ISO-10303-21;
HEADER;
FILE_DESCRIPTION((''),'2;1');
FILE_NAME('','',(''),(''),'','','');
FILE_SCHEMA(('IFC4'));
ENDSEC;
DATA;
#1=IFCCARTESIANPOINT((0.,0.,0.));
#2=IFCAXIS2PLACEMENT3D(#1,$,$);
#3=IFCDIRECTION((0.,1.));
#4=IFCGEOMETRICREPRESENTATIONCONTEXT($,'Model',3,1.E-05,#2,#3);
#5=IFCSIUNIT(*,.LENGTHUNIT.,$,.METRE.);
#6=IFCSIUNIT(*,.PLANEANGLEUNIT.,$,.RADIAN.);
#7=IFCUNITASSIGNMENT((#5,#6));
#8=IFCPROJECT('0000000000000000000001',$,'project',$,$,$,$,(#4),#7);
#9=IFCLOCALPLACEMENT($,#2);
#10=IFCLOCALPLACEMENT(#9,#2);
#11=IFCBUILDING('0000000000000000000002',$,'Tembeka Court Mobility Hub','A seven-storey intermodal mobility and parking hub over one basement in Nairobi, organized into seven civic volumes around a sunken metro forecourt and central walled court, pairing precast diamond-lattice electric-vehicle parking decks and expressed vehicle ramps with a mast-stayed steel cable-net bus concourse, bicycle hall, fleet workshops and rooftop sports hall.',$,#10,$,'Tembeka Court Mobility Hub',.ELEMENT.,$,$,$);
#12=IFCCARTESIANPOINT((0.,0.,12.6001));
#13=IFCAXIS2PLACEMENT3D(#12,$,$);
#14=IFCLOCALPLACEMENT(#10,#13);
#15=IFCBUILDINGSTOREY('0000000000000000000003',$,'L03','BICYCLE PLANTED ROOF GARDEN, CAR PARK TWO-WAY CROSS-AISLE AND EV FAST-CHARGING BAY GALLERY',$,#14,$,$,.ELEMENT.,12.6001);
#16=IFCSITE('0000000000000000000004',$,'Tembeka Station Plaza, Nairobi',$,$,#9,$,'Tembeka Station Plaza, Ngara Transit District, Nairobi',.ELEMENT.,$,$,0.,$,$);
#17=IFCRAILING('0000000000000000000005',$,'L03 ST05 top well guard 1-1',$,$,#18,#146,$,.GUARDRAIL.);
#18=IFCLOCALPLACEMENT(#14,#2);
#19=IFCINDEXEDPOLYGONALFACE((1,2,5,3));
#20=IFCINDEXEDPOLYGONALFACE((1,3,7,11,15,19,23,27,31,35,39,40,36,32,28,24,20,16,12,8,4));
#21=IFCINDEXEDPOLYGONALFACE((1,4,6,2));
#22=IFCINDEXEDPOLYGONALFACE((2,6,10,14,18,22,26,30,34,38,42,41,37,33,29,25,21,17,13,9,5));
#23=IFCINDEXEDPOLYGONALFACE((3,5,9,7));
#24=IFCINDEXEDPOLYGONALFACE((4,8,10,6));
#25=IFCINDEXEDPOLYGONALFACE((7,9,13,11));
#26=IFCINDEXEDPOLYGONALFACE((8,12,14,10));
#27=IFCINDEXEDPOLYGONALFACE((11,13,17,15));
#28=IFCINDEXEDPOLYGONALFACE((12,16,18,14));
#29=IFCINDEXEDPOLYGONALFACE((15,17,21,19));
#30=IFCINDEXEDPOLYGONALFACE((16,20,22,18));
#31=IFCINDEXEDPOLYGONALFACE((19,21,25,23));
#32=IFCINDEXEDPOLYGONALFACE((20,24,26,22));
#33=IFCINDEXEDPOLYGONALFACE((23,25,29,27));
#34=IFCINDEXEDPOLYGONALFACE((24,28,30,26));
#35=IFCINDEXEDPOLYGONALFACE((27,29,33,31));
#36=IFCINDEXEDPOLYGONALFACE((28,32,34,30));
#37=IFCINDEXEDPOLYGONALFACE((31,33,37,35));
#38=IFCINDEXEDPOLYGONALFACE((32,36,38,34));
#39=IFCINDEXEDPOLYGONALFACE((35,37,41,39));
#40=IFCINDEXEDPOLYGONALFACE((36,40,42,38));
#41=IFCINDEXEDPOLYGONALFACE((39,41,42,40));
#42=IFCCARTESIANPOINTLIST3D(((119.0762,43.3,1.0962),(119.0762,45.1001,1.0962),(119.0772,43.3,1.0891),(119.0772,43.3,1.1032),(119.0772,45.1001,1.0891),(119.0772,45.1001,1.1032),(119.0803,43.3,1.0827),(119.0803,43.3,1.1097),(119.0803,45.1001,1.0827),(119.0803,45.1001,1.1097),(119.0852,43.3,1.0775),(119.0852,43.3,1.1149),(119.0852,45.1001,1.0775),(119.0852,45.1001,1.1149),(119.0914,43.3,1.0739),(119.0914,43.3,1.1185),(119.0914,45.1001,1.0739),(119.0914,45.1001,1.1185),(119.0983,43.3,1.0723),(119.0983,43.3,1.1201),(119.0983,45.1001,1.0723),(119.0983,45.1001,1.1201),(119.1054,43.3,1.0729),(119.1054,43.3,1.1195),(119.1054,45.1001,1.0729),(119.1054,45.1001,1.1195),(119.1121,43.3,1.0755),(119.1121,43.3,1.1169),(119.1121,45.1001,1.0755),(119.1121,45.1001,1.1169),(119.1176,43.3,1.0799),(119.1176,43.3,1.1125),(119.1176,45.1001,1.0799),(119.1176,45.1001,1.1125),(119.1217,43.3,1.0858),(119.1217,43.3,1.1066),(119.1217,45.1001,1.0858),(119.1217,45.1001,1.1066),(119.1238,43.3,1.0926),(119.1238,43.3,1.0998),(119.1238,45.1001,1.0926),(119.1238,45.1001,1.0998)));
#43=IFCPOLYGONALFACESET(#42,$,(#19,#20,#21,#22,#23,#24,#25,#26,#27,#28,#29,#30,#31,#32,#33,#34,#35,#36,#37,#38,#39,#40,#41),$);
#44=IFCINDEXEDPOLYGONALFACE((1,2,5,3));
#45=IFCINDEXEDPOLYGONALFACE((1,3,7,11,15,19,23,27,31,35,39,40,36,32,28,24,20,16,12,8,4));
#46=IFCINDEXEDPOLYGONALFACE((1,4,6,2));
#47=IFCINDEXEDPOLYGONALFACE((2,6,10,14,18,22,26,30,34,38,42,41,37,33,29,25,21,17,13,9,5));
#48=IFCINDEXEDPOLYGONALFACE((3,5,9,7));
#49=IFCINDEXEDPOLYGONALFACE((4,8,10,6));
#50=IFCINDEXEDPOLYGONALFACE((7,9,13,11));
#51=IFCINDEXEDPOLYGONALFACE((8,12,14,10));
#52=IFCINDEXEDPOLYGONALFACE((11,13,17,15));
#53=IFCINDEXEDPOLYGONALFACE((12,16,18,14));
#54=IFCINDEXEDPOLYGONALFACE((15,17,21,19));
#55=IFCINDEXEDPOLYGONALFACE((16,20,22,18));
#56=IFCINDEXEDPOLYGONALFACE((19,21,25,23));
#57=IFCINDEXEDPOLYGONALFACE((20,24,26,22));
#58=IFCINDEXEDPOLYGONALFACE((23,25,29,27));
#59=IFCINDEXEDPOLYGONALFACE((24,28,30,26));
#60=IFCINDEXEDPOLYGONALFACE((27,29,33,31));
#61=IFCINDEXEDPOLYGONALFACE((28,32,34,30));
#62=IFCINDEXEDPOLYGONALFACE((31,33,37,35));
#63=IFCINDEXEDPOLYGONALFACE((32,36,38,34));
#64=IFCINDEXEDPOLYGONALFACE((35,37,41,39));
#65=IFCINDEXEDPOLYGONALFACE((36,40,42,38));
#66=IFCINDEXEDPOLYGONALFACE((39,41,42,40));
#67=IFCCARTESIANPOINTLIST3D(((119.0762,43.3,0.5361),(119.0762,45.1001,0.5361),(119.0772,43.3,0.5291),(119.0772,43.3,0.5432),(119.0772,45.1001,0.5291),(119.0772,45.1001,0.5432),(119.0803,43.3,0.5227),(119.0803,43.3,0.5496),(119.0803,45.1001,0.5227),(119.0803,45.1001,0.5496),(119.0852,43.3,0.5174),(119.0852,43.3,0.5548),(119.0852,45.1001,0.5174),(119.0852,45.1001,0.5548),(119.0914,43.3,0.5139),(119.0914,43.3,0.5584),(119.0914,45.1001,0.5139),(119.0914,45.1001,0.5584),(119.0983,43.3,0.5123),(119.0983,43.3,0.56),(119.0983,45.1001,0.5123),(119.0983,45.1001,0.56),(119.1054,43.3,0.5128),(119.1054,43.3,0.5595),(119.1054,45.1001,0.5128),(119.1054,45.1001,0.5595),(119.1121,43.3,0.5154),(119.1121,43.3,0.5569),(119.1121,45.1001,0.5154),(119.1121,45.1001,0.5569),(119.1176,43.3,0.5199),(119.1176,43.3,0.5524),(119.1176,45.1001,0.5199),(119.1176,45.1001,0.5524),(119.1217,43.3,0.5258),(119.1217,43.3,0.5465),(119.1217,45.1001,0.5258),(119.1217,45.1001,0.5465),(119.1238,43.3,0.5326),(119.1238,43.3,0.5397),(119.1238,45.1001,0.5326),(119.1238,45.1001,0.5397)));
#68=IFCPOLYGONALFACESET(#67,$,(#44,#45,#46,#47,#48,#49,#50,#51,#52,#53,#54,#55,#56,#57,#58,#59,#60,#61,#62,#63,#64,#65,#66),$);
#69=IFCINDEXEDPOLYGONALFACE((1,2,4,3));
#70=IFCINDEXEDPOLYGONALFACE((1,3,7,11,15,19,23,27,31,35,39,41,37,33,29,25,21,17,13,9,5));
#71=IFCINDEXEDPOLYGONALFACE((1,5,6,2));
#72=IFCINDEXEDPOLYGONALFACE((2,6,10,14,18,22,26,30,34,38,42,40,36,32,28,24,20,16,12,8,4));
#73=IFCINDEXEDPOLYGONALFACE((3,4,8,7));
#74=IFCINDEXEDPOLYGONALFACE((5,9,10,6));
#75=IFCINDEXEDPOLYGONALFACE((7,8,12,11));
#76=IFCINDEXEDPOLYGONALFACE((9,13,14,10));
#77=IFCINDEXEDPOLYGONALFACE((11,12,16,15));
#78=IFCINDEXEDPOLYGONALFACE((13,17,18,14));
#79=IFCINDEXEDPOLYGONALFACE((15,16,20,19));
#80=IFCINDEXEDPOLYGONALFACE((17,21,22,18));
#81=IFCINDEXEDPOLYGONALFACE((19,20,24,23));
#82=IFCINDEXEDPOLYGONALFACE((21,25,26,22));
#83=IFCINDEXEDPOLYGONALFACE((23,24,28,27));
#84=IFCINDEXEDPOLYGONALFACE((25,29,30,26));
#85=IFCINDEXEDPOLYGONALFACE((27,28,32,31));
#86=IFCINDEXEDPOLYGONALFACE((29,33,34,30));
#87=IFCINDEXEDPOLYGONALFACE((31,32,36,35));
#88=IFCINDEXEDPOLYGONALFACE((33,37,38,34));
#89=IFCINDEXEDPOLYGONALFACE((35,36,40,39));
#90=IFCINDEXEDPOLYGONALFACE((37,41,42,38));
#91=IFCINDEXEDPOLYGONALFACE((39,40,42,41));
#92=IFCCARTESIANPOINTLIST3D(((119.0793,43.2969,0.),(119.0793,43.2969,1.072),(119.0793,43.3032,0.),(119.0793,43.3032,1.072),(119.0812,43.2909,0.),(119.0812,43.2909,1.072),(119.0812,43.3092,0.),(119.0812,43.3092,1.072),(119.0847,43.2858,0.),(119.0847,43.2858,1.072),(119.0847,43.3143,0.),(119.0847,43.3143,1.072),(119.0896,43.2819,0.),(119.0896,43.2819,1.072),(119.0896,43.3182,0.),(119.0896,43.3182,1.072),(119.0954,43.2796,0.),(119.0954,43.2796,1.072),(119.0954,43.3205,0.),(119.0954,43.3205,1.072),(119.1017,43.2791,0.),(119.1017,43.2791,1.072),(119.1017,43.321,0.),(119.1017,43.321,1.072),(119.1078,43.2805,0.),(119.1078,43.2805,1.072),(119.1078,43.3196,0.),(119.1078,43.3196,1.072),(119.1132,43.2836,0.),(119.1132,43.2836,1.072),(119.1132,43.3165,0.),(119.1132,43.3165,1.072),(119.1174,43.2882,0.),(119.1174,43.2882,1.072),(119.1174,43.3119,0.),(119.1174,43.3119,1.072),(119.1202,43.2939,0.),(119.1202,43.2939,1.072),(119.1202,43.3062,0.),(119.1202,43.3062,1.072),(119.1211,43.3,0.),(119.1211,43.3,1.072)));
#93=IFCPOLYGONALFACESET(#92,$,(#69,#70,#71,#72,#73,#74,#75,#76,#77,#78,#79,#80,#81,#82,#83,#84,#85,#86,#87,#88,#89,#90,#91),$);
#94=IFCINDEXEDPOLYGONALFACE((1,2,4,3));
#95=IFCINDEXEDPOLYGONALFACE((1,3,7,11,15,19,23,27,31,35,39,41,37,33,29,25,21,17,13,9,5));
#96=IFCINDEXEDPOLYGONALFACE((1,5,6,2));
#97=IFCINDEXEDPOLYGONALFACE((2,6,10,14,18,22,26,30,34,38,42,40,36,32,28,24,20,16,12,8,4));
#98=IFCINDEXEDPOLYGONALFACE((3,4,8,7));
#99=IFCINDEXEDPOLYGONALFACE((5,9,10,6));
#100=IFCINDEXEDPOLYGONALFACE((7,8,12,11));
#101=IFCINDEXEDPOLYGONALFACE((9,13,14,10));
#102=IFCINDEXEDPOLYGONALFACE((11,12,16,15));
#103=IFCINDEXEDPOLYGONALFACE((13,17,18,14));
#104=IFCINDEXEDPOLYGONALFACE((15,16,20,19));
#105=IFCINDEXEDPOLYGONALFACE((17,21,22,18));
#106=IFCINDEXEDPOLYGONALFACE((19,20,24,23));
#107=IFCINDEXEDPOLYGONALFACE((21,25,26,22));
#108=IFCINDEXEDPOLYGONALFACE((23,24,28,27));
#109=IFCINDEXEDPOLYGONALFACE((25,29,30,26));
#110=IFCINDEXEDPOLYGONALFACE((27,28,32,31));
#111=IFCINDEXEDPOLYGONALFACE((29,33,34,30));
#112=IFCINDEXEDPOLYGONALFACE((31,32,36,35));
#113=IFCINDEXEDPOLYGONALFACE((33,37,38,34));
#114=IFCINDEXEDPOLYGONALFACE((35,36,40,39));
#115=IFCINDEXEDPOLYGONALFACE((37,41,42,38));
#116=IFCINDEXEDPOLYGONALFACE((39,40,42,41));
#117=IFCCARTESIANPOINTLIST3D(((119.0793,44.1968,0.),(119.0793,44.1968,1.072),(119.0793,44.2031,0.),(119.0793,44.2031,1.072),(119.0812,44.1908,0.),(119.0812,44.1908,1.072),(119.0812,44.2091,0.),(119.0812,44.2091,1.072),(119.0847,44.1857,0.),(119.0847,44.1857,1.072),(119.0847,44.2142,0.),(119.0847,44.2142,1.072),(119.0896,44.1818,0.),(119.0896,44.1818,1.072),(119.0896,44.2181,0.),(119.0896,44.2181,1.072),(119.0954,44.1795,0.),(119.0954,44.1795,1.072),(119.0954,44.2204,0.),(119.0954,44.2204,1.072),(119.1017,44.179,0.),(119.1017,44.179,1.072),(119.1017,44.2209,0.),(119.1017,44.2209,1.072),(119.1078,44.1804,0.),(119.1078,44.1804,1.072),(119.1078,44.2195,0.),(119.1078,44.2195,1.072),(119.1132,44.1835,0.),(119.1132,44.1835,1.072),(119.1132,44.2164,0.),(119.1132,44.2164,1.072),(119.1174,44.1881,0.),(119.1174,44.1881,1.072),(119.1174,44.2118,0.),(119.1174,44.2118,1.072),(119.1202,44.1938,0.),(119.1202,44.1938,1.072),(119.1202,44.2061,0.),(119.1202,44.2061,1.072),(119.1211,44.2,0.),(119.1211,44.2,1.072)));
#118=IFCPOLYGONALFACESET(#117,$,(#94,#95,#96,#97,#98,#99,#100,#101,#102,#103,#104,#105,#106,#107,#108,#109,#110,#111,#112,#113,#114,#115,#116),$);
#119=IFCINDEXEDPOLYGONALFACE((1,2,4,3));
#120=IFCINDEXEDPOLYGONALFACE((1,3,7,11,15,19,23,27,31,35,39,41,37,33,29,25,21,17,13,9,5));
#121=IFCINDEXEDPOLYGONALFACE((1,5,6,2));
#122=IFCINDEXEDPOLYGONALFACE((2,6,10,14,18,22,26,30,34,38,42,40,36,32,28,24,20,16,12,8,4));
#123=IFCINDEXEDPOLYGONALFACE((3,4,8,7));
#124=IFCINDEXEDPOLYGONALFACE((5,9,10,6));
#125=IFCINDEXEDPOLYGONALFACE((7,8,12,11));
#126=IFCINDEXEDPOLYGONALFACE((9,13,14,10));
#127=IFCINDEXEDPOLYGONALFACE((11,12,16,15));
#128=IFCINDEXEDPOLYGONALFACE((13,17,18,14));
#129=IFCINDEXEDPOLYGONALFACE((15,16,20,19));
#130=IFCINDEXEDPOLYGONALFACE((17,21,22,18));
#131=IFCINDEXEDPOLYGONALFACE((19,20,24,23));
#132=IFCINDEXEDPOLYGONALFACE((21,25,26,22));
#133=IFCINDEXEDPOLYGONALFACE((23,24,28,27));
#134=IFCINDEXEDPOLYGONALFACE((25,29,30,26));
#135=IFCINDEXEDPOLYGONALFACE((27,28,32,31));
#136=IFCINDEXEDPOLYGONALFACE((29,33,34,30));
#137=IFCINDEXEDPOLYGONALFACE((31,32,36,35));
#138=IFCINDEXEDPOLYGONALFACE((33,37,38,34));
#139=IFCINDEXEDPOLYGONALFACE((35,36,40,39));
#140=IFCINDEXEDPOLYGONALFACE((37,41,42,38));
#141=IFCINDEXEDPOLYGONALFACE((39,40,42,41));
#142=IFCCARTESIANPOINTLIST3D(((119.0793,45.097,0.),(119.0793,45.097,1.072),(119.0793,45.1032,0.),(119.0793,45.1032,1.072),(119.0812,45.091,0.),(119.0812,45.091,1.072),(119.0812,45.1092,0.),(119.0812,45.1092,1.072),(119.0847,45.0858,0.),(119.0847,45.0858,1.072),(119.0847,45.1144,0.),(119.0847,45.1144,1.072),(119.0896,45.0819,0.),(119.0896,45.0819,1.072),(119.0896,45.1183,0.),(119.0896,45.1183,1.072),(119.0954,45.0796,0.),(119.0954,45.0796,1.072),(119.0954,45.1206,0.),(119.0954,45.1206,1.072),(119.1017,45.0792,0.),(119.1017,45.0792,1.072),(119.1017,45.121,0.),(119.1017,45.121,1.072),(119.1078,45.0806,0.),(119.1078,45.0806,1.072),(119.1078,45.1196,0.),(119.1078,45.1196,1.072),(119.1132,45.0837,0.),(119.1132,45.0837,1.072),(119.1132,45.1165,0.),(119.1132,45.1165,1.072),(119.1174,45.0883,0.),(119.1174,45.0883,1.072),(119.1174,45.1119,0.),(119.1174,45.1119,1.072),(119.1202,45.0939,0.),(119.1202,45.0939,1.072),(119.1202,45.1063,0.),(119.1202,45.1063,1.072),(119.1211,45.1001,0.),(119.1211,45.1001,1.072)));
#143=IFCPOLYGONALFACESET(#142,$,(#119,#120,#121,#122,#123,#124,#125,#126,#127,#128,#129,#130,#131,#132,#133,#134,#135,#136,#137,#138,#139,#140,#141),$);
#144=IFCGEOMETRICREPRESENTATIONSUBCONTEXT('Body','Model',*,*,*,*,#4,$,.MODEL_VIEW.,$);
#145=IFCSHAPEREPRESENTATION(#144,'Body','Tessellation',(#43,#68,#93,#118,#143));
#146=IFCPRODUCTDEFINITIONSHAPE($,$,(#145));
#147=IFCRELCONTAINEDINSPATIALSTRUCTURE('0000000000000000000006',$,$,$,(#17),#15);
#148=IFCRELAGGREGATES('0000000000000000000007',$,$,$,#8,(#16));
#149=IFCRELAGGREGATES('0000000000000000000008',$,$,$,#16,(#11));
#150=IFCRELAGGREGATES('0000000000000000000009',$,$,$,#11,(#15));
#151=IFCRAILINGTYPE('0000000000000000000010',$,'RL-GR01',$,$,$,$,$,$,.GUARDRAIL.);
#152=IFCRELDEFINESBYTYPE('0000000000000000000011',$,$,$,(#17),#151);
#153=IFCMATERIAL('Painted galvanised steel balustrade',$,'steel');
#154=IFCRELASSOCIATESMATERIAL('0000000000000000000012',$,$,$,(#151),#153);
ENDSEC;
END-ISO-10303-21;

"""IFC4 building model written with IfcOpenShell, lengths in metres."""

from ifc_helpers import new_model, si_unit, direction, frame, origin, origin_2d, place, context, subcontext, project, spatial, circle, extrude, material, type_object, element, save


model = new_model("IFC4")

# Units and contexts
model_context = context("Model", 3, precision=1e-05, world=origin(), true_north=direction((0.0, 1.0)))
body_context = subcontext(model_context, "Body", "Model", "MODEL_VIEW")
ifc_project = project(units=[si_unit("LENGTHUNIT", "METRE"), si_unit("PLANEANGLEUNIT", "RADIAN")], contexts=[model_context])

# Site, building, storey
site_placement = place(None, origin())
site = spatial("IfcSite", under=ifc_project, at=site_placement, Name="Tembeka Station Plaza, Nairobi", LongName="Tembeka Station Plaza, Ngara Transit District, Nairobi", CompositionType="ELEMENT", RefElevation=0.0)
building_placement = place(site_placement, origin())
building = spatial("IfcBuilding", under=site, at=building_placement, Name="Tembeka Court Mobility Hub", Description="A seven-storey intermodal mobility and parking hub over one basement in Nairobi, organized into seven civic volumes around a sunken metro forecourt and central walled court, pairing precast diamond-lattice electric-vehicle parking decks and expressed vehicle ramps with a mast-stayed steel cable-net bus concourse, bicycle hall, fleet workshops and rooftop sports hall.", LongName="Tembeka Court Mobility Hub", CompositionType="ELEMENT")
storey_placement = place(building_placement, frame((0.0, 0.0, 12.6001)))
storey = spatial("IfcBuildingStorey", under=building, at=storey_placement, Name="L03", Description="BICYCLE PLANTED ROOF GARDEN, CAR PARK TWO-WAY CROSS-AISLE AND EV FAST-CHARGING BAY GALLERY", CompositionType="ELEMENT", Elevation=12.6001)

# Railing
ifc_material_1 = material(Name="Painted galvanised steel balustrade", Category="steel")
railing_type = type_object("IfcRailingType", Name="RL-GR01", PredefinedType="GUARDRAIL", material=ifc_material_1)
railing_placement = place(storey_placement, frame((119.1001, 43.3, 0.0)))
element("IfcRailing", 1, at=railing_placement, inside=storey, type_object=railing_type, Name="L03 ST05 top well guard 1-1", PredefinedType="GUARDRAIL", context=body_context, shape_type="SweptSolid", body=[
    extrude(circle(Radius=0.0239, at=origin_2d()), frame((0.0, 0.0, 1.0962), z_axis=(0.0, 1.0, 0.0), x_axis=(-1.0, 0.0, 0.0)), (0.0, 0.0, 1.0), 1.8),
    extrude(circle(Radius=0.0239, at=origin_2d()), frame((0.0, 0.0, 0.5361), z_axis=(0.0, 1.0, 0.0), x_axis=(-1.0, 0.0, 0.0)), (0.0, 0.0, 1.0), 1.8),
    extrude(circle(Radius=0.021, at=origin_2d()), origin(), (0.0, 0.0, 1.0), 1.072),
    extrude(circle(Radius=0.021, at=origin_2d()), frame((0.0, 0.8999, 0.0)), (0.0, 0.0, 1.0), 1.072),
    extrude(circle(Radius=0.021, at=origin_2d()), frame((0.0, 1.8, 0.0)), (0.0, 0.0, 1.0), 1.072),
])

save(model, "model.ifc")
